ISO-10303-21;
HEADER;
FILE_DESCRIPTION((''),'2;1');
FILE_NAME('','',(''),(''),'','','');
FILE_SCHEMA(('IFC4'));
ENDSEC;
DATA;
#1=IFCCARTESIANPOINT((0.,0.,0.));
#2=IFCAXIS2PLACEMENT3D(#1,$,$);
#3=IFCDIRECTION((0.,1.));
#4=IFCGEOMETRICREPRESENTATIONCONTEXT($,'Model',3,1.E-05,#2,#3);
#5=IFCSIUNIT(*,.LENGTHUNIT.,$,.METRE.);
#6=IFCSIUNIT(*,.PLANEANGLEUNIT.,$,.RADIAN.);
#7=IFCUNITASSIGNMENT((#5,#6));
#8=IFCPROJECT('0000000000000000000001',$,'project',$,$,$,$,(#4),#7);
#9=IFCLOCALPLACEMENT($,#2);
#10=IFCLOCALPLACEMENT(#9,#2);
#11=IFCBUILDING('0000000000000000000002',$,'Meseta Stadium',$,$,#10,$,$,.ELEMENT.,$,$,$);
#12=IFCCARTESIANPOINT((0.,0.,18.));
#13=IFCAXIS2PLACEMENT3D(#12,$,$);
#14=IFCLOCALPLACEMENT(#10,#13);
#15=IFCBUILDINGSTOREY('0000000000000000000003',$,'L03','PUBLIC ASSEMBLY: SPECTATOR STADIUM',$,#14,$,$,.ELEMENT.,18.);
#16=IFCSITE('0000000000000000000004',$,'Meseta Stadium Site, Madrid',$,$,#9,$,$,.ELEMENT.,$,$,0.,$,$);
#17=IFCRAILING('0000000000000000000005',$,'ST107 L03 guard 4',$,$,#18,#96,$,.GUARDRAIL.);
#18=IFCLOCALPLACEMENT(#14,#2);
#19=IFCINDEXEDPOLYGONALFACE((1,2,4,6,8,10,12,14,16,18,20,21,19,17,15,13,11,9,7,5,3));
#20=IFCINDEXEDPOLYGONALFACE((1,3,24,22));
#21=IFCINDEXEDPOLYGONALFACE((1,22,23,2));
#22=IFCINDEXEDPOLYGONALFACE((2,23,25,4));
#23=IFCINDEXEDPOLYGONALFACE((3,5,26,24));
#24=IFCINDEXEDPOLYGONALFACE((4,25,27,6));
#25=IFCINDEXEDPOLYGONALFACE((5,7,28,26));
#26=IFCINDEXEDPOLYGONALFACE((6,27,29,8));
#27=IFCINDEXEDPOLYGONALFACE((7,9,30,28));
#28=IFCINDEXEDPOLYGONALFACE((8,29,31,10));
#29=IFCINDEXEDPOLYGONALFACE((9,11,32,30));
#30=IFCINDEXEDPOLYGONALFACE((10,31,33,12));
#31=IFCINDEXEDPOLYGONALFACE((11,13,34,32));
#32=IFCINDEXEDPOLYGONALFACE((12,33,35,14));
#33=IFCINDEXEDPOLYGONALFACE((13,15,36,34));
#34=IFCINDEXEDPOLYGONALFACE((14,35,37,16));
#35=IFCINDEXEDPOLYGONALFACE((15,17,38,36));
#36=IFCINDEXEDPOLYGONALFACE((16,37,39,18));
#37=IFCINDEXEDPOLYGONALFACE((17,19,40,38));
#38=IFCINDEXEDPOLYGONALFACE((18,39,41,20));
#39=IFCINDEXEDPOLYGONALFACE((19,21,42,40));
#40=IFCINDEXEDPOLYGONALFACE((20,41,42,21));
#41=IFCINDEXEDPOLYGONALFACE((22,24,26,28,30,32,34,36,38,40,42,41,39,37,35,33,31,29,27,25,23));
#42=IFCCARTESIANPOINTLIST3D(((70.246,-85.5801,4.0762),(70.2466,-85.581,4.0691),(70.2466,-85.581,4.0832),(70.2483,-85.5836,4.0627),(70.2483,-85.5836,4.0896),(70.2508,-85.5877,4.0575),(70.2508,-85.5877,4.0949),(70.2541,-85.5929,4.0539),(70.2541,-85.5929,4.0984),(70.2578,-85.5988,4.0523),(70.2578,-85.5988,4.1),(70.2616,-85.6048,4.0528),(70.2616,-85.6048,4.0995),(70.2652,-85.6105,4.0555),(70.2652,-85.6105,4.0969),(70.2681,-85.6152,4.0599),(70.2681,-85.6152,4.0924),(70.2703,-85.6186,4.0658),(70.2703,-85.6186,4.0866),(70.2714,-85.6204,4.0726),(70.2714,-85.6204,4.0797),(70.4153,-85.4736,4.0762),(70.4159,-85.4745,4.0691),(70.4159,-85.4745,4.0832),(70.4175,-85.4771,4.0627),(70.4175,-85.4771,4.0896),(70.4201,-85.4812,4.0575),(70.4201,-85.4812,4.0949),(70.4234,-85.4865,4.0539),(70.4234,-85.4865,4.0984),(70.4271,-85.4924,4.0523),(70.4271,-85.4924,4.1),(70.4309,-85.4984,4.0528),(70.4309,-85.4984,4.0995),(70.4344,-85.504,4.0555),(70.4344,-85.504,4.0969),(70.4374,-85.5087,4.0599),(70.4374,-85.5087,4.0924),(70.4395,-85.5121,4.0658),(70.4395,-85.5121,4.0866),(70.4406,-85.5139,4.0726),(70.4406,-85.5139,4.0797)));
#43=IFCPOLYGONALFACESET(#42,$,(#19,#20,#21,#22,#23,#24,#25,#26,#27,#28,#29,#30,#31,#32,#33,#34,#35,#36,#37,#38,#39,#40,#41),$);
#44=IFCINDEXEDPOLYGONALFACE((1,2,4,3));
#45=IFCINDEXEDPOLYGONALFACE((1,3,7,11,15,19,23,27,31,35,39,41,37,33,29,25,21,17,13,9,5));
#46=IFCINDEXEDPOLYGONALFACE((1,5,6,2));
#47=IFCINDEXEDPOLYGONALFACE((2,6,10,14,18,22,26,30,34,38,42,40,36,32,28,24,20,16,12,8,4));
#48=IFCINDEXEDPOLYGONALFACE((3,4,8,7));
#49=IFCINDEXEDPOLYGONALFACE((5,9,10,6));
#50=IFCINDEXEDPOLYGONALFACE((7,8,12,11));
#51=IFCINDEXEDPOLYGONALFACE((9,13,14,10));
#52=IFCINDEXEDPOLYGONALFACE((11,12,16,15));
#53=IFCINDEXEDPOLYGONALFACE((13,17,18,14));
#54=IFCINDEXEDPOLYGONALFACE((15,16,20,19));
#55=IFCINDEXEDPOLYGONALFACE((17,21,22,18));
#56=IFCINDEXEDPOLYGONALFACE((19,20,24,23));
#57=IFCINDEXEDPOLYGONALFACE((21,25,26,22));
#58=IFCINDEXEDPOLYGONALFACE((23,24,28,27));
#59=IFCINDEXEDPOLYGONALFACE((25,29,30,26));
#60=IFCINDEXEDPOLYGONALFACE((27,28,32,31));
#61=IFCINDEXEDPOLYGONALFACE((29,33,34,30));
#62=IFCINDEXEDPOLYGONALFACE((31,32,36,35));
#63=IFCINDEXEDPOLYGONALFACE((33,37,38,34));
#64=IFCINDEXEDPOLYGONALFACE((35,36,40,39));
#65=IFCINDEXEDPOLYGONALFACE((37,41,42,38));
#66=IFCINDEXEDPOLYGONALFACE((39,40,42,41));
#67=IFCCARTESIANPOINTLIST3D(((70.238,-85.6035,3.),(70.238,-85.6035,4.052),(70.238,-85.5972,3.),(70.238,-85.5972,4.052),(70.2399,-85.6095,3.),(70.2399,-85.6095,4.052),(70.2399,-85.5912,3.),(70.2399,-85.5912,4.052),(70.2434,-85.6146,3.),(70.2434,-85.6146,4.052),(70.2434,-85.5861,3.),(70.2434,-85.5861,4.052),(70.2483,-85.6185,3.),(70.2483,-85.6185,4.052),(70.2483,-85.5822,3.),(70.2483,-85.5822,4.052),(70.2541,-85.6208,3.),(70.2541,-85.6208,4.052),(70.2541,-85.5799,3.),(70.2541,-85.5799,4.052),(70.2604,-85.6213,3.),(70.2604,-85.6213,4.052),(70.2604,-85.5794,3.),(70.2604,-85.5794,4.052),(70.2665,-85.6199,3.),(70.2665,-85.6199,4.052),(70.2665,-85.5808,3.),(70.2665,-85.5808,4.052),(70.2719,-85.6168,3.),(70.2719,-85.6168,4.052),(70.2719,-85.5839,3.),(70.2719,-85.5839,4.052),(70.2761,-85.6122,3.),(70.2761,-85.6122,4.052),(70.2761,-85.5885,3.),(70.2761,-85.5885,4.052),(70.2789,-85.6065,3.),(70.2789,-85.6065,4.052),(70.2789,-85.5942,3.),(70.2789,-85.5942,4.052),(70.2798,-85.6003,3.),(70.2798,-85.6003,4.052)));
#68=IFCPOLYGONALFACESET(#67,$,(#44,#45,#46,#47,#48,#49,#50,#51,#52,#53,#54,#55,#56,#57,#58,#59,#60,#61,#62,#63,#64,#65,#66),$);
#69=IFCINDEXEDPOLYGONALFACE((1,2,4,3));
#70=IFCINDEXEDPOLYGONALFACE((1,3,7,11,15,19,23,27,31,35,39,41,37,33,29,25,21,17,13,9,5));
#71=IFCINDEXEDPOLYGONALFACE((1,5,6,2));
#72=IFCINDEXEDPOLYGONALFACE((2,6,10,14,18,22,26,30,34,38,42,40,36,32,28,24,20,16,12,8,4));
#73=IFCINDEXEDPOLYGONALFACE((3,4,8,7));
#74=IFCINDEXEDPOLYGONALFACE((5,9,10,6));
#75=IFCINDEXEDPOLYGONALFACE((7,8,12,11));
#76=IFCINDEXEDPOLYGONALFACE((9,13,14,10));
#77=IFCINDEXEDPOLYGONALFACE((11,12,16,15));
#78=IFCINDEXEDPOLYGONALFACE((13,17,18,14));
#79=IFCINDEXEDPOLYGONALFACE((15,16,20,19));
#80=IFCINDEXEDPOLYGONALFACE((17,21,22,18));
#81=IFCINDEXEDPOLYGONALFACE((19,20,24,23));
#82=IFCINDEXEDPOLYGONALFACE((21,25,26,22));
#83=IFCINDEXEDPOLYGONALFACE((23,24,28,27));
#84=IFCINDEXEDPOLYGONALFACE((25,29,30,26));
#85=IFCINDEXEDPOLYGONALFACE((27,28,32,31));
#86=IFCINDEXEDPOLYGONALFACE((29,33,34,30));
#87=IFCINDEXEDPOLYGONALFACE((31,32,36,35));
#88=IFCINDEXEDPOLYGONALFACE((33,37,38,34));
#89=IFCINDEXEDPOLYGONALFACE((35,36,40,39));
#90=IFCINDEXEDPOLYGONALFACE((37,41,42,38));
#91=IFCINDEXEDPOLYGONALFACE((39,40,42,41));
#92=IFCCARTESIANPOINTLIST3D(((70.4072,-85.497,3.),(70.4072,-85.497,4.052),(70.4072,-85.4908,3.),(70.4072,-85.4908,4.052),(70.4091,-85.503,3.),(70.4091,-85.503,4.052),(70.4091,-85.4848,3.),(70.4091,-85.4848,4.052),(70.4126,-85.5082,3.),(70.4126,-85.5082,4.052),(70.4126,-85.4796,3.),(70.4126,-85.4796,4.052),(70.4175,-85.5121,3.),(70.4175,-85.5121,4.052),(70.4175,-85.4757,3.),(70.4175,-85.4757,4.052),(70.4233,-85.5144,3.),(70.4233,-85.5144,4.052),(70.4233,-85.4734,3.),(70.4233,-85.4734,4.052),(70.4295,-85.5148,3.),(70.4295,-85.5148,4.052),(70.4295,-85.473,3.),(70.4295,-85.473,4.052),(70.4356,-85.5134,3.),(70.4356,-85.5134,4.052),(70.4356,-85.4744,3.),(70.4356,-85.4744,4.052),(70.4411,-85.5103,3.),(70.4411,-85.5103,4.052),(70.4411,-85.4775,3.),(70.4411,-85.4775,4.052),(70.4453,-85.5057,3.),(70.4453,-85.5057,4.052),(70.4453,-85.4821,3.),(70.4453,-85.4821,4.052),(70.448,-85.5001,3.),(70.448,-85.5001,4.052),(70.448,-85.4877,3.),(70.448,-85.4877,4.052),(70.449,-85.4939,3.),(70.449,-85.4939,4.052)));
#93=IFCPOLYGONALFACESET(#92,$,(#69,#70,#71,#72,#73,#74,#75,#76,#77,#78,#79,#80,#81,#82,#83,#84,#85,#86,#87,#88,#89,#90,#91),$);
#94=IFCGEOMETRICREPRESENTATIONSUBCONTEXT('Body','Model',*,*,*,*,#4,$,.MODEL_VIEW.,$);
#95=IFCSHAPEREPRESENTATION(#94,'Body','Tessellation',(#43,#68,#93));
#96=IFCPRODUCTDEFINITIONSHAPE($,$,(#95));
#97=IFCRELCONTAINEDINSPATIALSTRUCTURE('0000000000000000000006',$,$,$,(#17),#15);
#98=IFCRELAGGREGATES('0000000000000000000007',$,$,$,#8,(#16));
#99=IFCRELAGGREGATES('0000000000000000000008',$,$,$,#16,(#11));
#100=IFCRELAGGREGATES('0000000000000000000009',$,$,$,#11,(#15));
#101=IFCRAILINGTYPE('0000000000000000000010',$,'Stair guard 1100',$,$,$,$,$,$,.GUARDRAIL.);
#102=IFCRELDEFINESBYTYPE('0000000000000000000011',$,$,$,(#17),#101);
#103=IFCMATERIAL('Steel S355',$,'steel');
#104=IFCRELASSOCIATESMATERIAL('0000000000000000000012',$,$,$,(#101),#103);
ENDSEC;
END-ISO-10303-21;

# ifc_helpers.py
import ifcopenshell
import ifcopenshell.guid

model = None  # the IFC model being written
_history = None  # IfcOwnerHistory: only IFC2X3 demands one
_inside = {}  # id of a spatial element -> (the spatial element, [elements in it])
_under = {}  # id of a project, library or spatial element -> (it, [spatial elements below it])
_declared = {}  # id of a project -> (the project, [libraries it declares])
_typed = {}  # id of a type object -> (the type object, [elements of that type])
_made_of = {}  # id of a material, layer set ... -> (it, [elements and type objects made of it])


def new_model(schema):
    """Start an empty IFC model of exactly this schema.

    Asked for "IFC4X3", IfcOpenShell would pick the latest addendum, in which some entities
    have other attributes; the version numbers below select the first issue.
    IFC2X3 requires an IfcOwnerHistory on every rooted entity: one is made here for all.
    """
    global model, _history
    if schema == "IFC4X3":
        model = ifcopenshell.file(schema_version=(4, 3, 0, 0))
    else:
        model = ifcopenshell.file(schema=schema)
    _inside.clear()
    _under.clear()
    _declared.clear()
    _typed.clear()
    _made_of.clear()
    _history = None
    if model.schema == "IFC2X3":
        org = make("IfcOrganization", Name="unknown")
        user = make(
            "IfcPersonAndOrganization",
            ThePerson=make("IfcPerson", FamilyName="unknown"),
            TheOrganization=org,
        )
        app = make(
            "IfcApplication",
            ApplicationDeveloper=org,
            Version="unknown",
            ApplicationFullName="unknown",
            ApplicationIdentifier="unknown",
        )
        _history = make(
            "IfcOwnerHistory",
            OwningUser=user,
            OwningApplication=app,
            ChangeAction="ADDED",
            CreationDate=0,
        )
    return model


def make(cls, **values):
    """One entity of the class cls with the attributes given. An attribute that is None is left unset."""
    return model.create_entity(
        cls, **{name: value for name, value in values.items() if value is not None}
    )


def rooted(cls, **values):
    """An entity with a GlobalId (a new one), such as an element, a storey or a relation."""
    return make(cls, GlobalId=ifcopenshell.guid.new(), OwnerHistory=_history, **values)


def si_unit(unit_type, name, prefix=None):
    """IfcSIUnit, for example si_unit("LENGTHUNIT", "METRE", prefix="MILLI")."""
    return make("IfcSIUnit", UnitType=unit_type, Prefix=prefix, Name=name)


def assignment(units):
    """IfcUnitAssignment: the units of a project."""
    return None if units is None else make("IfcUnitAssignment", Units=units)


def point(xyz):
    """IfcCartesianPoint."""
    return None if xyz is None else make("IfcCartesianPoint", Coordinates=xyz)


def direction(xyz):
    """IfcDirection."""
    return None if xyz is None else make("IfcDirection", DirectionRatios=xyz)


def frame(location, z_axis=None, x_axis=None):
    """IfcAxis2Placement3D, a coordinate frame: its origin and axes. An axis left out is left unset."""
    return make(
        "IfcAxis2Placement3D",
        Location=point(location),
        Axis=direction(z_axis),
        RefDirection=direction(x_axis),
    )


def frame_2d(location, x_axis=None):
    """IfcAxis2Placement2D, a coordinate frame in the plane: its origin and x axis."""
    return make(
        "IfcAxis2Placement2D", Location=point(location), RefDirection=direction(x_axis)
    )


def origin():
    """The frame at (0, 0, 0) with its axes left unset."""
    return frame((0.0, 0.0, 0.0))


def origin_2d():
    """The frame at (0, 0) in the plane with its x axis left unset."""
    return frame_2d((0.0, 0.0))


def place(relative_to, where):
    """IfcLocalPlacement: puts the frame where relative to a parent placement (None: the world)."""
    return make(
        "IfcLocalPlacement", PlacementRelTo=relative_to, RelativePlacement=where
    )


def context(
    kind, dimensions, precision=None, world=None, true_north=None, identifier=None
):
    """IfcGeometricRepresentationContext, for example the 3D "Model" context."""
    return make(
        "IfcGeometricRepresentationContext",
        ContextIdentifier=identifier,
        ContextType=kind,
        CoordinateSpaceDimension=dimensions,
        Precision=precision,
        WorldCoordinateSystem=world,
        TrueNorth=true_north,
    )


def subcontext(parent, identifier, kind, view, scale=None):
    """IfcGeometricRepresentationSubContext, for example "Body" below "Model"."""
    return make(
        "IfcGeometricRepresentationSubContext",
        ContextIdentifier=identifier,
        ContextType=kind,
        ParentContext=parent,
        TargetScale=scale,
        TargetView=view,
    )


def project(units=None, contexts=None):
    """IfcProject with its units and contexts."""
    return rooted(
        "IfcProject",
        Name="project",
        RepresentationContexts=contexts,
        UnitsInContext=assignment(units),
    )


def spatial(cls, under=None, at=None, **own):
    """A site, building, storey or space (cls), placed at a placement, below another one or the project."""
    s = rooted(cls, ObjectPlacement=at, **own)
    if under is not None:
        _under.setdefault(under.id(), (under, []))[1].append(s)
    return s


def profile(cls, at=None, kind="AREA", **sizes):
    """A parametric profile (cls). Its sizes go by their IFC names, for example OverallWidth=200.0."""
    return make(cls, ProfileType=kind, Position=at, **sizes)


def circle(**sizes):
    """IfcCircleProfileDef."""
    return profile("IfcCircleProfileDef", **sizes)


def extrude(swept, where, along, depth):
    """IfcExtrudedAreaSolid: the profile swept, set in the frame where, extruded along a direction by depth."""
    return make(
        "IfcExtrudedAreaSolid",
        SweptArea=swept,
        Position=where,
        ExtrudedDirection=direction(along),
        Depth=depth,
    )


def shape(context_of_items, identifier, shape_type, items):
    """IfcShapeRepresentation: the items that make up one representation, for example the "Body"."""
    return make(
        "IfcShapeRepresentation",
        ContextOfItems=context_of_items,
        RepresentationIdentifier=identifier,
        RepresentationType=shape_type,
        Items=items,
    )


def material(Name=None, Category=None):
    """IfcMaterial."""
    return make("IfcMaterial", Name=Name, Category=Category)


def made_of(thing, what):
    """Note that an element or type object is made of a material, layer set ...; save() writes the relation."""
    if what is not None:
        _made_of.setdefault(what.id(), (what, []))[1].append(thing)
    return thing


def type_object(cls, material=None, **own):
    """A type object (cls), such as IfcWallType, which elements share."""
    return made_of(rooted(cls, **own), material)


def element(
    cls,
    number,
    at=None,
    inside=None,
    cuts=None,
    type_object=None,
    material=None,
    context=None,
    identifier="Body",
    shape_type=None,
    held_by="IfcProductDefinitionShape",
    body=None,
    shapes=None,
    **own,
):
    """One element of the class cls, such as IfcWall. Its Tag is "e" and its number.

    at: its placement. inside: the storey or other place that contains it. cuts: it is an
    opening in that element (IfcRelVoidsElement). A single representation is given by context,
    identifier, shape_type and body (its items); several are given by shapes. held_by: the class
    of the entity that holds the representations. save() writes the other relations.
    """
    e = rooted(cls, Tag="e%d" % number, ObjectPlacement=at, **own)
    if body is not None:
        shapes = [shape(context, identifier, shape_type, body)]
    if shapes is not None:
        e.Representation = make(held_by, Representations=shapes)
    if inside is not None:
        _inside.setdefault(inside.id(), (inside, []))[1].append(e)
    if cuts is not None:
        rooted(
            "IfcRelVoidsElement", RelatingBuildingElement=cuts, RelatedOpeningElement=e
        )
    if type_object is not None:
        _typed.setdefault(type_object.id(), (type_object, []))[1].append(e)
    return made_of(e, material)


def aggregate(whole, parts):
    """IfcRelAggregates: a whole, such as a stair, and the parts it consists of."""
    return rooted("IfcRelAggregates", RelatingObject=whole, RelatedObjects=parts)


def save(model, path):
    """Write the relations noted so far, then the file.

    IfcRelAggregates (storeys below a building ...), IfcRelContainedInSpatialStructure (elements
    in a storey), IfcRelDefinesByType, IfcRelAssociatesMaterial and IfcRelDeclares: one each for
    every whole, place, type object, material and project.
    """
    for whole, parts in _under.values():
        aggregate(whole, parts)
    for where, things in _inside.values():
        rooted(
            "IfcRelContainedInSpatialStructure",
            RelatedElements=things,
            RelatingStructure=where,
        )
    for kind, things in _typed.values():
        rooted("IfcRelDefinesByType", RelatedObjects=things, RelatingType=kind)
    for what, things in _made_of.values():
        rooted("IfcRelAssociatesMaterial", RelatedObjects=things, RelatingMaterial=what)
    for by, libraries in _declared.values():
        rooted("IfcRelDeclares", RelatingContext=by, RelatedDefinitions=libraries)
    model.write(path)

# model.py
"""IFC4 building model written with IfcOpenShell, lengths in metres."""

from ifc_helpers import new_model, si_unit, direction, frame, origin, origin_2d, place, context, subcontext, project, spatial, circle, extrude, material, type_object, element, save


model = new_model("IFC4")

# Units and contexts
model_context = context("Model", 3, precision=1e-05, world=origin(), true_north=direction((0.0, 1.0)))
body_context = subcontext(model_context, "Body", "Model", "MODEL_VIEW")
ifc_project = project(units=[si_unit("LENGTHUNIT", "METRE"), si_unit("PLANEANGLEUNIT", "RADIAN")], contexts=[model_context])

# Site, building, storey
site_placement = place(None, origin())
site = spatial("IfcSite", under=ifc_project, at=site_placement, Name="Meseta Stadium Site, Madrid", CompositionType="ELEMENT", RefElevation=0.0)
building_placement = place(site_placement, origin())
building = spatial("IfcBuilding", under=site, at=building_placement, Name="Meseta Stadium", CompositionType="ELEMENT")
storey_placement = place(building_placement, frame((0.0, 0.0, 18.0)))
storey = spatial("IfcBuildingStorey", under=building, at=storey_placement, Name="L03", Description="PUBLIC ASSEMBLY: SPECTATOR STADIUM", CompositionType="ELEMENT", Elevation=18.0)

# Railing
ifc_material_1 = material(Name="Steel S355", Category="steel")
railing_type_1 = type_object("IfcRailingType", Name="Stair guard 1100", PredefinedType="GUARDRAIL", material=ifc_material_1)
railing_1_placement = place(storey_placement, frame((70.2588, -85.6003, 3.0)))
element("IfcRailing", 1, at=railing_1_placement, inside=storey, type_object=railing_type_1, Name="ST107 L03 guard 4", PredefinedType="GUARDRAIL", context=body_context, shape_type="SweptSolid", body=[
    extrude(circle(Radius=0.0239, at=origin_2d()), frame((0.0, 0.0, 1.0762), z_axis=(0.846416, 0.532522, 0.0), x_axis=(-0.532522, 0.846416, 0.0)), (0.0, 0.0, 1.0), 0.2),
    extrude(circle(Radius=0.021, at=origin_2d()), origin(), (0.0, 0.0, 1.0), 1.052),
    extrude(circle(Radius=0.021, at=origin_2d()), frame((0.1692, 0.1064, 0.0)), (0.0, 0.0, 1.0), 1.052),
])

save(model, "model.ifc")
